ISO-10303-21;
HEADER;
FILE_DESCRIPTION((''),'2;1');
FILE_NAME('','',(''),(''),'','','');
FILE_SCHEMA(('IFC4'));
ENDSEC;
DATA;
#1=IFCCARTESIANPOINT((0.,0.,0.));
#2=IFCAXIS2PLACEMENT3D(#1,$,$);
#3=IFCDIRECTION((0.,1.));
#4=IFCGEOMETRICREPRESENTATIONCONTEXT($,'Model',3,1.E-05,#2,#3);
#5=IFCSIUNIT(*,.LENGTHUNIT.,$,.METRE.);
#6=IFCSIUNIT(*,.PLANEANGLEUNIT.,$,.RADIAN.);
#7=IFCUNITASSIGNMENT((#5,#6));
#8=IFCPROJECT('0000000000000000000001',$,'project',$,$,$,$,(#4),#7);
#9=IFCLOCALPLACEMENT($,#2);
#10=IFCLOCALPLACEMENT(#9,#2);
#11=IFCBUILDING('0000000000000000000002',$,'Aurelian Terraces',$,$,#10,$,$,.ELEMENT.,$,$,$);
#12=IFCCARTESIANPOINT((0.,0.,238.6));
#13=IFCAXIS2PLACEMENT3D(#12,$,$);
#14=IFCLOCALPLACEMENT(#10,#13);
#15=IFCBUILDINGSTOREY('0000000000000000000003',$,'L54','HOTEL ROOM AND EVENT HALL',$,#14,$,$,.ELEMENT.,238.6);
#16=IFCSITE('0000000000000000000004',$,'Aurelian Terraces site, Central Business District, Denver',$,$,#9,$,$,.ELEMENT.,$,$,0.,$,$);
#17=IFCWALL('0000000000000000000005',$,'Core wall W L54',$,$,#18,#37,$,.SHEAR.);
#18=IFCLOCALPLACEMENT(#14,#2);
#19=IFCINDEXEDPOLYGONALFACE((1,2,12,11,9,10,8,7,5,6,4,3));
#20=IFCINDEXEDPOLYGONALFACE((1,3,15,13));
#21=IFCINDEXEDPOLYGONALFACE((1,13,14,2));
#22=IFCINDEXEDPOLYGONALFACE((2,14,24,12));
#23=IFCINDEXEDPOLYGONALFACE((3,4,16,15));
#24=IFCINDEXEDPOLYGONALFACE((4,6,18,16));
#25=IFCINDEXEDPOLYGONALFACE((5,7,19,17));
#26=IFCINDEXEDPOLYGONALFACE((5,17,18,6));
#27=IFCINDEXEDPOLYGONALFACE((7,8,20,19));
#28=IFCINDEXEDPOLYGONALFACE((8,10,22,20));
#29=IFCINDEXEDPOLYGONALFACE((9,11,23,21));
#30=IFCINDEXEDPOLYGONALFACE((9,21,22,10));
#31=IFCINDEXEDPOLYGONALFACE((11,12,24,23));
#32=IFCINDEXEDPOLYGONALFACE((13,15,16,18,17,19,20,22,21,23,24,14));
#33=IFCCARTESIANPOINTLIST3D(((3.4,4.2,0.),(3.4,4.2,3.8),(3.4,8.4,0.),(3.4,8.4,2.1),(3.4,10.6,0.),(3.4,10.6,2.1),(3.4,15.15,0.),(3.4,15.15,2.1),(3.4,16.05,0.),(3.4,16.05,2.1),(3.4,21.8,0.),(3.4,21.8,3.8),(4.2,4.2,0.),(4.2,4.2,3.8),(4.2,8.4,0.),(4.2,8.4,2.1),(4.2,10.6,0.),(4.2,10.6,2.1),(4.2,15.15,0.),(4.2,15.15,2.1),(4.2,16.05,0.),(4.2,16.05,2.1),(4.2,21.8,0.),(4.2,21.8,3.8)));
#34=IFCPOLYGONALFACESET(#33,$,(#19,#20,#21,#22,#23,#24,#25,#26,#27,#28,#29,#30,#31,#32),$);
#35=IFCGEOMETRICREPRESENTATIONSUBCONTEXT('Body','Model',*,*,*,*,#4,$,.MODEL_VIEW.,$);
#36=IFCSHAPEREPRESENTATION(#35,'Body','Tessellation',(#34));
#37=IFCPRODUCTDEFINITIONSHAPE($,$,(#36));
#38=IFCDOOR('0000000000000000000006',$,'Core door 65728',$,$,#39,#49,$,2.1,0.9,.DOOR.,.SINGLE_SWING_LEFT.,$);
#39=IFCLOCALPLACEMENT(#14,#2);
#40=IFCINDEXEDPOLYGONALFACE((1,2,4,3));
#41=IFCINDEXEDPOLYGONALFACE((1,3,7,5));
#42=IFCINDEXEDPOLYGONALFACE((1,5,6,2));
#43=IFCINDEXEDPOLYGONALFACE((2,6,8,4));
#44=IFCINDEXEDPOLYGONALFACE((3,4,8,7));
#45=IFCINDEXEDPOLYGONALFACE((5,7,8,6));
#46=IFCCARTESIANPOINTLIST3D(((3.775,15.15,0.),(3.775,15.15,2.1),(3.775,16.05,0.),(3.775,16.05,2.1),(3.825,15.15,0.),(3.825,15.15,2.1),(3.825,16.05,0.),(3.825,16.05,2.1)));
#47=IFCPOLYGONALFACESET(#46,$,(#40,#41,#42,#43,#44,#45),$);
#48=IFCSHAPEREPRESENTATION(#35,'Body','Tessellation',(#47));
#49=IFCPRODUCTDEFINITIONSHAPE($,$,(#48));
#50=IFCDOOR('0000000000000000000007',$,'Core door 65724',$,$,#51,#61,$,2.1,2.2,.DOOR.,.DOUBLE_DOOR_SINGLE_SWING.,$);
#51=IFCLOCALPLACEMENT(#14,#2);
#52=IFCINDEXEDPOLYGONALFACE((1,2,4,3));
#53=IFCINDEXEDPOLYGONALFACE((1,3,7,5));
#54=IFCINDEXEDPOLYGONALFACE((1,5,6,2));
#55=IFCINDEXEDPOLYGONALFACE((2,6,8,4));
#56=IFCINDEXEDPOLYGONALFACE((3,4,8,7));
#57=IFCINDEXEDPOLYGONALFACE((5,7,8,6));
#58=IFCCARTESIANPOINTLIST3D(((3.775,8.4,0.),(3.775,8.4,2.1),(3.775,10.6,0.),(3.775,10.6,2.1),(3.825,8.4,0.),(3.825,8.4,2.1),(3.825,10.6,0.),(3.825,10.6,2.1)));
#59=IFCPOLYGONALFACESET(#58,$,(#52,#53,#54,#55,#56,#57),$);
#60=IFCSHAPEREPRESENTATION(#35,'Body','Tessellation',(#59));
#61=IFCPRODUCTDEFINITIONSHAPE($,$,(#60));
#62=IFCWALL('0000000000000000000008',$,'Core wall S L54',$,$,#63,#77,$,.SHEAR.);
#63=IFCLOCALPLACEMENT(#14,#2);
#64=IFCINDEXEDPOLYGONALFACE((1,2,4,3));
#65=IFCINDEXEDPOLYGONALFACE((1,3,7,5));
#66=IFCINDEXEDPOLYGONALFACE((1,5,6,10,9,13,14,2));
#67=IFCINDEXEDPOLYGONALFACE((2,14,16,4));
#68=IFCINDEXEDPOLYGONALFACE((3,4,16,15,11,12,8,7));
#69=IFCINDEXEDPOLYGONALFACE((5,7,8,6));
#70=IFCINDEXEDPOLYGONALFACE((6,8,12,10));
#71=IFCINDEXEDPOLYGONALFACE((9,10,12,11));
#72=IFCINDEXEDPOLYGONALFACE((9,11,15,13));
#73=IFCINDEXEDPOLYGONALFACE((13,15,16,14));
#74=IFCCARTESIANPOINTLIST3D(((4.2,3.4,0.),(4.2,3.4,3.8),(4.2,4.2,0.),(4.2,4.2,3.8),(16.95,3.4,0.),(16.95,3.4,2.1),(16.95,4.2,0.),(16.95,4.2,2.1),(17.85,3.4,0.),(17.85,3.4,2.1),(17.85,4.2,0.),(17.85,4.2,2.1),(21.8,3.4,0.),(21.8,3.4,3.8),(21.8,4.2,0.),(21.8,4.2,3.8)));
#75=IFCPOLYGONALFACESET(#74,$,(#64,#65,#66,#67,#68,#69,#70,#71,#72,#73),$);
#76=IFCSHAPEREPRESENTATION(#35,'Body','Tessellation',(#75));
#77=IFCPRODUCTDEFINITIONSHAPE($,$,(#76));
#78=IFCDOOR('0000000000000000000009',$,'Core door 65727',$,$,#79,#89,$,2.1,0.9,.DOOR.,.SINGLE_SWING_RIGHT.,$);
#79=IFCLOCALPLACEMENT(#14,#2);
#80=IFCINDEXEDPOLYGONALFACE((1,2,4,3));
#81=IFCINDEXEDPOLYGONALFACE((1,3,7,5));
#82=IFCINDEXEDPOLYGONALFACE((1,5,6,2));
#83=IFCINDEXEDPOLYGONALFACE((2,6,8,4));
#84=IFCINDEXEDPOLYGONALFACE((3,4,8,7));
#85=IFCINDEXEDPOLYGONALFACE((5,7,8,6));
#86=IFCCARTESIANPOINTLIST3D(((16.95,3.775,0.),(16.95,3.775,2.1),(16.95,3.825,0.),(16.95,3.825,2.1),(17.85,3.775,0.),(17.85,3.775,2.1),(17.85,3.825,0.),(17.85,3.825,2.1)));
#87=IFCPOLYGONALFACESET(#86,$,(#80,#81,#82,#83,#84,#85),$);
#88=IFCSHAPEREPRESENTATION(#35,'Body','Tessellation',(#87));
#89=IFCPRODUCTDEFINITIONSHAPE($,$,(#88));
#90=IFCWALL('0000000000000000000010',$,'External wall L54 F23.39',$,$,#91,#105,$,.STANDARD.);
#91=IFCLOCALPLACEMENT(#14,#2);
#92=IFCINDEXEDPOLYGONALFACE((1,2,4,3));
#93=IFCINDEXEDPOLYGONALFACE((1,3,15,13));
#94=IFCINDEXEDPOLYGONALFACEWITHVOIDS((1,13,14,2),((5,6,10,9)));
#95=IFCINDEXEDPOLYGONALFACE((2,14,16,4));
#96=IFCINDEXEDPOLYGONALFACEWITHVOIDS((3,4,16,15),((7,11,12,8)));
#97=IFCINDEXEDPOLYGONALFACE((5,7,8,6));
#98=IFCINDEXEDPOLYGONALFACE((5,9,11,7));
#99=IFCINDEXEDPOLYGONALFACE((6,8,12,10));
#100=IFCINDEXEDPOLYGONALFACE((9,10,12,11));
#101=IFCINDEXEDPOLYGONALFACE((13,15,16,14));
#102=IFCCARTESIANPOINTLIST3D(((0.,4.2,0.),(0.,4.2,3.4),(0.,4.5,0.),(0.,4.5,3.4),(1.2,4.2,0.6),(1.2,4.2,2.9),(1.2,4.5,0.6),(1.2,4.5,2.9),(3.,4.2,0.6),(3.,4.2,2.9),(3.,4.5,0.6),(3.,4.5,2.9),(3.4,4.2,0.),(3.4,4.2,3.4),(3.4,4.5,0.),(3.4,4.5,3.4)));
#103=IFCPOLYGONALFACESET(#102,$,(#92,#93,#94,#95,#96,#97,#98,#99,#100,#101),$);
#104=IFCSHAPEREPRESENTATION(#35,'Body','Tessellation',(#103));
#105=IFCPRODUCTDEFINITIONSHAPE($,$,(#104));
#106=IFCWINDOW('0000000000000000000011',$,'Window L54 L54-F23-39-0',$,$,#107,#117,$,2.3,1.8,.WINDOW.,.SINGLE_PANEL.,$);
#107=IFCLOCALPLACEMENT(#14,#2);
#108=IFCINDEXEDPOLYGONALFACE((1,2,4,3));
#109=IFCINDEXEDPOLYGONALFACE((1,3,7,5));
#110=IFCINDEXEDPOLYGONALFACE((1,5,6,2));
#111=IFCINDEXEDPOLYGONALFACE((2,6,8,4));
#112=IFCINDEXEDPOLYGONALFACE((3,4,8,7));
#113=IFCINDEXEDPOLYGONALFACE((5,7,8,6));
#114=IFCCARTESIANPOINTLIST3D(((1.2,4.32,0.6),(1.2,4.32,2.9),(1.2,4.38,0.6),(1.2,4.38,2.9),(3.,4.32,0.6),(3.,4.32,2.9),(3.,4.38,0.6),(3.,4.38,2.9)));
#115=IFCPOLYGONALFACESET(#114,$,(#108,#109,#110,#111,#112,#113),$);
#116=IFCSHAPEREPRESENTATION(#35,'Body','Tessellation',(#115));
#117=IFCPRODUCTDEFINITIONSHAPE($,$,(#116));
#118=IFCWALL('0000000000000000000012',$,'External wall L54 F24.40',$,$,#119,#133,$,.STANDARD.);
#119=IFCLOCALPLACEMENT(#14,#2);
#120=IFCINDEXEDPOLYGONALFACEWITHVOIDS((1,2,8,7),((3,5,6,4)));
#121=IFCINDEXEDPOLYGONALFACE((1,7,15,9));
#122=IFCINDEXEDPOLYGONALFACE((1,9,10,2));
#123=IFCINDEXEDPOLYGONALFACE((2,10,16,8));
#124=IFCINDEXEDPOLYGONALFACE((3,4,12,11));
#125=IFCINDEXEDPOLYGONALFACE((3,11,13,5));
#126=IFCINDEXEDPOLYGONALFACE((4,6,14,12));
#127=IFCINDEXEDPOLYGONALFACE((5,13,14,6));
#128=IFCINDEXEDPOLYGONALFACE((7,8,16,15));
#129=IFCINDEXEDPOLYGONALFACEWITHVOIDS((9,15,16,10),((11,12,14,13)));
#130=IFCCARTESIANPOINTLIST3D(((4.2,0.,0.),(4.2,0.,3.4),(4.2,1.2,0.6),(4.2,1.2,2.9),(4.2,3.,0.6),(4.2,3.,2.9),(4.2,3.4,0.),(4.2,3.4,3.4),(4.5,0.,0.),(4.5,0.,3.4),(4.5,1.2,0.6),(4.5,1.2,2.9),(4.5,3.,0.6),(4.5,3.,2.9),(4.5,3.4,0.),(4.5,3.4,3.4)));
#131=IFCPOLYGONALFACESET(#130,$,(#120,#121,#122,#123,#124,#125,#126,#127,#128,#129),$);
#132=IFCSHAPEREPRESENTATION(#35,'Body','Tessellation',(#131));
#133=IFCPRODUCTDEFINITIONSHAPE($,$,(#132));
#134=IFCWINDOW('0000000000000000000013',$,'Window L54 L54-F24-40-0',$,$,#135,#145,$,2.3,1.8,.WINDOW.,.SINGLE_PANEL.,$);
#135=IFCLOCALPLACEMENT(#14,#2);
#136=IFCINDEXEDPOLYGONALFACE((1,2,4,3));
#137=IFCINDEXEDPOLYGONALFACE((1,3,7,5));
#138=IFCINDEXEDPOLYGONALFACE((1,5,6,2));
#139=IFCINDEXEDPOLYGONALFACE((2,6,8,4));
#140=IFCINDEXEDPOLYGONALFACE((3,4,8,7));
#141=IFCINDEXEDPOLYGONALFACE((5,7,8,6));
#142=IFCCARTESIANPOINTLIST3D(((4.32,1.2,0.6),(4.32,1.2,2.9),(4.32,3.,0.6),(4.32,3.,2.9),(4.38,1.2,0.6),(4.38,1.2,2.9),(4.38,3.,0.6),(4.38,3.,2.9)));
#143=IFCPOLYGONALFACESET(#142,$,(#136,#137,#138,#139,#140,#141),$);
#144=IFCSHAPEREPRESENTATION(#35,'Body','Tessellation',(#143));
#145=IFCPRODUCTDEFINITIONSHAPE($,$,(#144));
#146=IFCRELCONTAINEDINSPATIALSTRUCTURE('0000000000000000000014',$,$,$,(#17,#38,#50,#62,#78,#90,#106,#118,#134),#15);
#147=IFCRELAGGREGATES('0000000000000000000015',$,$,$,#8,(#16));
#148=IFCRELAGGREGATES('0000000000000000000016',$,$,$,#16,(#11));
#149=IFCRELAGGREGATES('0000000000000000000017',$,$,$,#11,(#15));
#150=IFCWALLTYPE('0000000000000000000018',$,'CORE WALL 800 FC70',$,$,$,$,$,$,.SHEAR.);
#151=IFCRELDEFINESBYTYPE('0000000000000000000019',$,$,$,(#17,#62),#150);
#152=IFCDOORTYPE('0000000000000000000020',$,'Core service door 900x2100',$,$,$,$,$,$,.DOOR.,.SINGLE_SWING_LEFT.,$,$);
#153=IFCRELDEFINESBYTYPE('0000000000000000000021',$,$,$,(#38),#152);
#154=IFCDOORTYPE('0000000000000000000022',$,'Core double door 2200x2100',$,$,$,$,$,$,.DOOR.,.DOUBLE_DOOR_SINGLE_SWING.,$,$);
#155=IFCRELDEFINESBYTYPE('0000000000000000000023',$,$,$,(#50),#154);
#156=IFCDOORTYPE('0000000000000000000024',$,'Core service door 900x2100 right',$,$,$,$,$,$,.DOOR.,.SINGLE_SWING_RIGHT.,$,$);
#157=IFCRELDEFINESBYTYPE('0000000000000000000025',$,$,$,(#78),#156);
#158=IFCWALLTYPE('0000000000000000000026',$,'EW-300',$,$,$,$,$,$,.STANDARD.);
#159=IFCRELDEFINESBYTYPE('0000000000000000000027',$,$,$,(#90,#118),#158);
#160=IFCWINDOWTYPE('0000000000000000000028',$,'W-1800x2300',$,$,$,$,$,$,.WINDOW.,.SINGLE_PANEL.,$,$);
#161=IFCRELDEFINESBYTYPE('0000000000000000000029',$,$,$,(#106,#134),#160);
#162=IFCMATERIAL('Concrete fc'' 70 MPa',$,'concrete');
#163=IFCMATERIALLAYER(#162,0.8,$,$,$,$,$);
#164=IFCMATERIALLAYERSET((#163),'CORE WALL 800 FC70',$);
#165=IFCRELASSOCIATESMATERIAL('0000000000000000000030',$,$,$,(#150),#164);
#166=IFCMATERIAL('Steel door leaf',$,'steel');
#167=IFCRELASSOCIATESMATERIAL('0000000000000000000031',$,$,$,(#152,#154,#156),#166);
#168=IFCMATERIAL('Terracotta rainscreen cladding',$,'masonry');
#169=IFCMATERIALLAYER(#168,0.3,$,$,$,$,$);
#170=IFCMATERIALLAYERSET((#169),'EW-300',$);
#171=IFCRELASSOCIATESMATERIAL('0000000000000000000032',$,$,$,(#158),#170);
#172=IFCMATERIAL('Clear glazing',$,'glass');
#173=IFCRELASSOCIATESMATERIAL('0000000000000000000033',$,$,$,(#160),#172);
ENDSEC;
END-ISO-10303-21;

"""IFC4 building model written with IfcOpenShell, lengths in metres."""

from ifc_helpers import new_model, si_unit, direction, frame, frame_2d, origin, place, context, subcontext, project, spatial, rectangle, extrude, source, transform, mapped, material, layer, layer_set, type_object, element, fill, save


model = new_model("IFC4")

# Units and contexts
model_context = context("Model", 3, precision=1e-05, world=origin(), true_north=direction((0.0, 1.0)))
body_context = subcontext(model_context, "Body", "Model", "MODEL_VIEW")
ifc_project = project(units=[si_unit("LENGTHUNIT", "METRE"), si_unit("PLANEANGLEUNIT", "RADIAN")], contexts=[model_context])

# Site, building, storey
site_placement = place(None, origin())
site = spatial("IfcSite", under=ifc_project, at=site_placement, Name="Aurelian Terraces site, Central Business District, Denver", CompositionType="ELEMENT", RefElevation=0.0)
building_placement = place(site_placement, origin())
building = spatial("IfcBuilding", under=site, at=building_placement, Name="Aurelian Terraces", CompositionType="ELEMENT")
storey_placement = place(building_placement, frame((0.0, 0.0, 238.6)))
storey = spatial("IfcBuildingStorey", under=building, at=storey_placement, Name="L54", Description="HOTEL ROOM AND EVENT HALL", CompositionType="ELEMENT", Elevation=238.6)

# Wall, openings, doors
ifc_material_1 = material(Name="Concrete fc' 70 MPa", Category="concrete")
ifc_layer_1 = layer(ifc_material_1, 0.8)
ifc_layer_set_1 = layer_set([ifc_layer_1], Name="CORE WALL 800 FC70")
wall_type_1 = type_object("IfcWallType", Name="CORE WALL 800 FC70", PredefinedType="SHEAR", material=ifc_layer_set_1)
shared_shape_1 = source(origin(), body_context, "Body", "SweptSolid", [
    extrude(rectangle(XDim=17.6, YDim=0.8, at=frame_2d((8.8, 0.0))), origin(), (0.0, 0.0, 1.0), 3.8),
])
wall_1_placement = place(storey_placement, frame((3.8, 4.2, 0.0), z_axis=(0.0, 0.0, 1.0), x_axis=(0.0, 1.0, 0.0)))
wall_1 = element("IfcWall", 1, at=wall_1_placement, inside=storey, type_object=wall_type_1, Name="Core wall W L54", PredefinedType="SHEAR", context=body_context, shape_type="MappedRepresentation", body=[
    mapped(shared_shape_1, transform((0.0, 0.0, 0.0), scale=1.0)),
])
shared_shape_2 = source(origin(), body_context, "Body", "SweptSolid", [
    extrude(rectangle(XDim=2.2, YDim=2.1, at=frame_2d((1.1, 1.05))), frame((0.0, 0.41, 0.0), z_axis=(0.0, -1.0, 0.0), x_axis=(1.0, 0.0, 0.0)), (0.0, 0.0, 1.0), 0.82),
])
opening_1_placement = place(wall_1_placement, frame((4.2, 0.0, 0.0)))
opening_1 = element("IfcOpeningElement", 2, at=opening_1_placement, cuts=wall_1, PredefinedType="OPENING", context=body_context, shape_type="MappedRepresentation", body=[
    mapped(shared_shape_2, transform((0.0, 0.0, 0.0), scale=1.0)),
])
shared_shape_3 = source(origin(), body_context, "Body", "SweptSolid", [
    extrude(rectangle(XDim=0.9, YDim=2.1, at=frame_2d((0.45, 1.05))), frame((0.0, 0.41, 0.0), z_axis=(0.0, -1.0, 0.0), x_axis=(1.0, 0.0, 0.0)), (0.0, 0.0, 1.0), 0.82),
])
opening_2_placement = place(wall_1_placement, frame((10.95, 0.0, 0.0)))
opening_2 = element("IfcOpeningElement", 3, at=opening_2_placement, cuts=wall_1, PredefinedType="OPENING", context=body_context, shape_type="MappedRepresentation", body=[
    mapped(shared_shape_3, transform((0.0, 0.0, 0.0), scale=1.0)),
])
ifc_material_2 = material(Name="Steel door leaf", Category="steel")
door_type_1 = type_object("IfcDoorType", Name="Core service door 900x2100", OperationType="SINGLE_SWING_LEFT", PredefinedType="DOOR", material=ifc_material_2)
shared_shape_4 = source(origin(), body_context, "Body", "SweptSolid", [
    extrude(rectangle(XDim=0.9, YDim=2.1, at=frame_2d((0.45, 1.05))), frame((0.0, 0.025, 0.0), z_axis=(0.0, -1.0, 0.0), x_axis=(1.0, 0.0, 0.0)), (0.0, 0.0, 1.0), 0.05),
])
door_1_placement = place(opening_2_placement, origin())
door_1 = element("IfcDoor", 4, at=door_1_placement, inside=storey, type_object=door_type_1, Name="Core door 65728", OperationType="SINGLE_SWING_LEFT", OverallHeight=2.1, OverallWidth=0.9, PredefinedType="DOOR", context=body_context, shape_type="MappedRepresentation", body=[
    mapped(shared_shape_4, transform((0.0, 0.0, 0.0), scale=1.0)),
])
fill(opening_2, door_1)
door_type_2 = type_object("IfcDoorType", Name="Core double door 2200x2100", OperationType="DOUBLE_DOOR_SINGLE_SWING", PredefinedType="DOOR", material=ifc_material_2)
shared_shape_5 = source(origin(), body_context, "Body", "SweptSolid", [
    extrude(rectangle(XDim=2.2, YDim=2.1, at=frame_2d((1.1, 1.05))), frame((0.0, 0.025, 0.0), z_axis=(0.0, -1.0, 0.0), x_axis=(1.0, 0.0, 0.0)), (0.0, 0.0, 1.0), 0.05),
])
door_2_placement = place(opening_1_placement, origin())
door_2 = element("IfcDoor", 5, at=door_2_placement, inside=storey, type_object=door_type_2, Name="Core door 65724", OperationType="DOUBLE_DOOR_SINGLE_SWING", OverallHeight=2.1, OverallWidth=2.2, PredefinedType="DOOR", context=body_context, shape_type="MappedRepresentation", body=[
    mapped(shared_shape_5, transform((0.0, 0.0, 0.0), scale=1.0)),
])
fill(opening_1, door_2)

# Wall, opening, door
wall_2_placement = place(storey_placement, frame((4.2, 3.8, 0.0), z_axis=(0.0, 0.0, 1.0), x_axis=(1.0, 0.0, 0.0)))
wall_2 = element("IfcWall", 6, at=wall_2_placement, inside=storey, type_object=wall_type_1, Name="Core wall S L54", PredefinedType="SHEAR", context=body_context, shape_type="MappedRepresentation", body=[
    mapped(shared_shape_1, transform((0.0, 0.0, 0.0), scale=1.0)),
])
opening_3_placement = place(wall_2_placement, frame((12.75, 0.0, 0.0)))
opening_3 = element("IfcOpeningElement", 7, at=opening_3_placement, cuts=wall_2, PredefinedType="OPENING", context=body_context, shape_type="MappedRepresentation", body=[
    mapped(shared_shape_3, transform((0.0, 0.0, 0.0), scale=1.0)),
])
door_type_3 = type_object("IfcDoorType", Name="Core service door 900x2100 right", OperationType="SINGLE_SWING_RIGHT", PredefinedType="DOOR", material=ifc_material_2)
door_3_placement = place(opening_3_placement, origin())
door_3 = element("IfcDoor", 8, at=door_3_placement, inside=storey, type_object=door_type_3, Name="Core door 65727", OperationType="SINGLE_SWING_RIGHT", OverallHeight=2.1, OverallWidth=0.9, PredefinedType="DOOR", context=body_context, shape_type="MappedRepresentation", body=[
    mapped(shared_shape_4, transform((0.0, 0.0, 0.0), scale=1.0)),
])
fill(opening_3, door_3)

# Walls, openings, windows
ifc_material_3 = material(Name="Terracotta rainscreen cladding", Category="masonry")
ifc_layer_2 = layer(ifc_material_3, 0.3)
ifc_layer_set_2 = layer_set([ifc_layer_2], Name="EW-300")
wall_type_2 = type_object("IfcWallType", Name="EW-300", PredefinedType="STANDARD", material=ifc_layer_set_2)
shared_shape_6 = source(origin(), body_context, "Body", "SweptSolid", [
    extrude(rectangle(XDim=3.4, YDim=0.3, at=frame_2d((1.7, 0.0))), origin(), (0.0, 0.0, 1.0), 3.4),
])
wall_3_placement = place(storey_placement, frame((0.0, 4.35, 0.0), z_axis=(0.0, 0.0, 1.0), x_axis=(1.0, 0.0, 0.0)))
wall_3 = element("IfcWall", 9, at=wall_3_placement, inside=storey, type_object=wall_type_2, Name="External wall L54 F23.39", PredefinedType="STANDARD", context=body_context, shape_type="MappedRepresentation", body=[
    mapped(shared_shape_6, transform((0.0, 0.0, 0.0), scale=1.0)),
])
shared_shape_7 = source(origin(), body_context, "Body", "SweptSolid", [
    extrude(rectangle(XDim=1.8, YDim=2.3, at=frame_2d((0.9, 1.15))), frame((0.0, 0.16, 0.0), z_axis=(0.0, -1.0, 0.0), x_axis=(1.0, 0.0, 0.0)), (0.0, 0.0, 1.0), 0.32),
])
opening_4_placement = place(wall_3_placement, frame((1.2, 0.0, 0.6)))
opening_4 = element("IfcOpeningElement", 10, at=opening_4_placement, cuts=wall_3, PredefinedType="OPENING", context=body_context, shape_type="MappedRepresentation", body=[
    mapped(shared_shape_7, transform((0.0, 0.0, 0.0), scale=1.0)),
])
ifc_material_4 = material(Name="Clear glazing", Category="glass")
window_type = type_object("IfcWindowType", Name="W-1800x2300", PartitioningType="SINGLE_PANEL", PredefinedType="WINDOW", material=ifc_material_4)
shared_shape_8 = source(origin(), body_context, "Body", "SweptSolid", [
    extrude(rectangle(XDim=1.8, YDim=2.3, at=frame_2d((0.9, 1.15))), frame((0.0, 0.03, 0.0), z_axis=(0.0, -1.0, 0.0), x_axis=(1.0, 0.0, 0.0)), (0.0, 0.0, 1.0), 0.06),
])
window_1_placement = place(opening_4_placement, origin())
window_1 = element("IfcWindow", 11, at=window_1_placement, inside=storey, type_object=window_type, Name="Window L54 L54-F23-39-0", OverallHeight=2.3, OverallWidth=1.8, PartitioningType="SINGLE_PANEL", PredefinedType="WINDOW", context=body_context, shape_type="MappedRepresentation", body=[
    mapped(shared_shape_8, transform((0.0, 0.0, 0.0), scale=1.0)),
])
fill(opening_4, window_1)
wall_4_placement = place(storey_placement, frame((4.35, 3.4, 0.0), z_axis=(0.0, 0.0, 1.0), x_axis=(0.0, -1.0, 0.0)))
wall_4 = element("IfcWall", 12, at=wall_4_placement, inside=storey, type_object=wall_type_2, Name="External wall L54 F24.40", PredefinedType="STANDARD", context=body_context, shape_type="MappedRepresentation", body=[
    mapped(shared_shape_6, transform((0.0, 0.0, 0.0), scale=1.0)),
])
opening_5_placement = place(wall_4_placement, frame((0.4, 0.0, 0.6)))
opening_5 = element("IfcOpeningElement", 13, at=opening_5_placement, cuts=wall_4, PredefinedType="OPENING", context=body_context, shape_type="MappedRepresentation", body=[
    mapped(shared_shape_7, transform((0.0, 0.0, 0.0), scale=1.0)),
])
window_2_placement = place(opening_5_placement, origin())
window_2 = element("IfcWindow", 14, at=window_2_placement, inside=storey, type_object=window_type, Name="Window L54 L54-F24-40-0", OverallHeight=2.3, OverallWidth=1.8, PartitioningType="SINGLE_PANEL", PredefinedType="WINDOW", context=body_context, shape_type="MappedRepresentation", body=[
    mapped(shared_shape_8, transform((0.0, 0.0, 0.0), scale=1.0)),
])
fill(opening_5, window_2)

save(model, "model.ifc")
